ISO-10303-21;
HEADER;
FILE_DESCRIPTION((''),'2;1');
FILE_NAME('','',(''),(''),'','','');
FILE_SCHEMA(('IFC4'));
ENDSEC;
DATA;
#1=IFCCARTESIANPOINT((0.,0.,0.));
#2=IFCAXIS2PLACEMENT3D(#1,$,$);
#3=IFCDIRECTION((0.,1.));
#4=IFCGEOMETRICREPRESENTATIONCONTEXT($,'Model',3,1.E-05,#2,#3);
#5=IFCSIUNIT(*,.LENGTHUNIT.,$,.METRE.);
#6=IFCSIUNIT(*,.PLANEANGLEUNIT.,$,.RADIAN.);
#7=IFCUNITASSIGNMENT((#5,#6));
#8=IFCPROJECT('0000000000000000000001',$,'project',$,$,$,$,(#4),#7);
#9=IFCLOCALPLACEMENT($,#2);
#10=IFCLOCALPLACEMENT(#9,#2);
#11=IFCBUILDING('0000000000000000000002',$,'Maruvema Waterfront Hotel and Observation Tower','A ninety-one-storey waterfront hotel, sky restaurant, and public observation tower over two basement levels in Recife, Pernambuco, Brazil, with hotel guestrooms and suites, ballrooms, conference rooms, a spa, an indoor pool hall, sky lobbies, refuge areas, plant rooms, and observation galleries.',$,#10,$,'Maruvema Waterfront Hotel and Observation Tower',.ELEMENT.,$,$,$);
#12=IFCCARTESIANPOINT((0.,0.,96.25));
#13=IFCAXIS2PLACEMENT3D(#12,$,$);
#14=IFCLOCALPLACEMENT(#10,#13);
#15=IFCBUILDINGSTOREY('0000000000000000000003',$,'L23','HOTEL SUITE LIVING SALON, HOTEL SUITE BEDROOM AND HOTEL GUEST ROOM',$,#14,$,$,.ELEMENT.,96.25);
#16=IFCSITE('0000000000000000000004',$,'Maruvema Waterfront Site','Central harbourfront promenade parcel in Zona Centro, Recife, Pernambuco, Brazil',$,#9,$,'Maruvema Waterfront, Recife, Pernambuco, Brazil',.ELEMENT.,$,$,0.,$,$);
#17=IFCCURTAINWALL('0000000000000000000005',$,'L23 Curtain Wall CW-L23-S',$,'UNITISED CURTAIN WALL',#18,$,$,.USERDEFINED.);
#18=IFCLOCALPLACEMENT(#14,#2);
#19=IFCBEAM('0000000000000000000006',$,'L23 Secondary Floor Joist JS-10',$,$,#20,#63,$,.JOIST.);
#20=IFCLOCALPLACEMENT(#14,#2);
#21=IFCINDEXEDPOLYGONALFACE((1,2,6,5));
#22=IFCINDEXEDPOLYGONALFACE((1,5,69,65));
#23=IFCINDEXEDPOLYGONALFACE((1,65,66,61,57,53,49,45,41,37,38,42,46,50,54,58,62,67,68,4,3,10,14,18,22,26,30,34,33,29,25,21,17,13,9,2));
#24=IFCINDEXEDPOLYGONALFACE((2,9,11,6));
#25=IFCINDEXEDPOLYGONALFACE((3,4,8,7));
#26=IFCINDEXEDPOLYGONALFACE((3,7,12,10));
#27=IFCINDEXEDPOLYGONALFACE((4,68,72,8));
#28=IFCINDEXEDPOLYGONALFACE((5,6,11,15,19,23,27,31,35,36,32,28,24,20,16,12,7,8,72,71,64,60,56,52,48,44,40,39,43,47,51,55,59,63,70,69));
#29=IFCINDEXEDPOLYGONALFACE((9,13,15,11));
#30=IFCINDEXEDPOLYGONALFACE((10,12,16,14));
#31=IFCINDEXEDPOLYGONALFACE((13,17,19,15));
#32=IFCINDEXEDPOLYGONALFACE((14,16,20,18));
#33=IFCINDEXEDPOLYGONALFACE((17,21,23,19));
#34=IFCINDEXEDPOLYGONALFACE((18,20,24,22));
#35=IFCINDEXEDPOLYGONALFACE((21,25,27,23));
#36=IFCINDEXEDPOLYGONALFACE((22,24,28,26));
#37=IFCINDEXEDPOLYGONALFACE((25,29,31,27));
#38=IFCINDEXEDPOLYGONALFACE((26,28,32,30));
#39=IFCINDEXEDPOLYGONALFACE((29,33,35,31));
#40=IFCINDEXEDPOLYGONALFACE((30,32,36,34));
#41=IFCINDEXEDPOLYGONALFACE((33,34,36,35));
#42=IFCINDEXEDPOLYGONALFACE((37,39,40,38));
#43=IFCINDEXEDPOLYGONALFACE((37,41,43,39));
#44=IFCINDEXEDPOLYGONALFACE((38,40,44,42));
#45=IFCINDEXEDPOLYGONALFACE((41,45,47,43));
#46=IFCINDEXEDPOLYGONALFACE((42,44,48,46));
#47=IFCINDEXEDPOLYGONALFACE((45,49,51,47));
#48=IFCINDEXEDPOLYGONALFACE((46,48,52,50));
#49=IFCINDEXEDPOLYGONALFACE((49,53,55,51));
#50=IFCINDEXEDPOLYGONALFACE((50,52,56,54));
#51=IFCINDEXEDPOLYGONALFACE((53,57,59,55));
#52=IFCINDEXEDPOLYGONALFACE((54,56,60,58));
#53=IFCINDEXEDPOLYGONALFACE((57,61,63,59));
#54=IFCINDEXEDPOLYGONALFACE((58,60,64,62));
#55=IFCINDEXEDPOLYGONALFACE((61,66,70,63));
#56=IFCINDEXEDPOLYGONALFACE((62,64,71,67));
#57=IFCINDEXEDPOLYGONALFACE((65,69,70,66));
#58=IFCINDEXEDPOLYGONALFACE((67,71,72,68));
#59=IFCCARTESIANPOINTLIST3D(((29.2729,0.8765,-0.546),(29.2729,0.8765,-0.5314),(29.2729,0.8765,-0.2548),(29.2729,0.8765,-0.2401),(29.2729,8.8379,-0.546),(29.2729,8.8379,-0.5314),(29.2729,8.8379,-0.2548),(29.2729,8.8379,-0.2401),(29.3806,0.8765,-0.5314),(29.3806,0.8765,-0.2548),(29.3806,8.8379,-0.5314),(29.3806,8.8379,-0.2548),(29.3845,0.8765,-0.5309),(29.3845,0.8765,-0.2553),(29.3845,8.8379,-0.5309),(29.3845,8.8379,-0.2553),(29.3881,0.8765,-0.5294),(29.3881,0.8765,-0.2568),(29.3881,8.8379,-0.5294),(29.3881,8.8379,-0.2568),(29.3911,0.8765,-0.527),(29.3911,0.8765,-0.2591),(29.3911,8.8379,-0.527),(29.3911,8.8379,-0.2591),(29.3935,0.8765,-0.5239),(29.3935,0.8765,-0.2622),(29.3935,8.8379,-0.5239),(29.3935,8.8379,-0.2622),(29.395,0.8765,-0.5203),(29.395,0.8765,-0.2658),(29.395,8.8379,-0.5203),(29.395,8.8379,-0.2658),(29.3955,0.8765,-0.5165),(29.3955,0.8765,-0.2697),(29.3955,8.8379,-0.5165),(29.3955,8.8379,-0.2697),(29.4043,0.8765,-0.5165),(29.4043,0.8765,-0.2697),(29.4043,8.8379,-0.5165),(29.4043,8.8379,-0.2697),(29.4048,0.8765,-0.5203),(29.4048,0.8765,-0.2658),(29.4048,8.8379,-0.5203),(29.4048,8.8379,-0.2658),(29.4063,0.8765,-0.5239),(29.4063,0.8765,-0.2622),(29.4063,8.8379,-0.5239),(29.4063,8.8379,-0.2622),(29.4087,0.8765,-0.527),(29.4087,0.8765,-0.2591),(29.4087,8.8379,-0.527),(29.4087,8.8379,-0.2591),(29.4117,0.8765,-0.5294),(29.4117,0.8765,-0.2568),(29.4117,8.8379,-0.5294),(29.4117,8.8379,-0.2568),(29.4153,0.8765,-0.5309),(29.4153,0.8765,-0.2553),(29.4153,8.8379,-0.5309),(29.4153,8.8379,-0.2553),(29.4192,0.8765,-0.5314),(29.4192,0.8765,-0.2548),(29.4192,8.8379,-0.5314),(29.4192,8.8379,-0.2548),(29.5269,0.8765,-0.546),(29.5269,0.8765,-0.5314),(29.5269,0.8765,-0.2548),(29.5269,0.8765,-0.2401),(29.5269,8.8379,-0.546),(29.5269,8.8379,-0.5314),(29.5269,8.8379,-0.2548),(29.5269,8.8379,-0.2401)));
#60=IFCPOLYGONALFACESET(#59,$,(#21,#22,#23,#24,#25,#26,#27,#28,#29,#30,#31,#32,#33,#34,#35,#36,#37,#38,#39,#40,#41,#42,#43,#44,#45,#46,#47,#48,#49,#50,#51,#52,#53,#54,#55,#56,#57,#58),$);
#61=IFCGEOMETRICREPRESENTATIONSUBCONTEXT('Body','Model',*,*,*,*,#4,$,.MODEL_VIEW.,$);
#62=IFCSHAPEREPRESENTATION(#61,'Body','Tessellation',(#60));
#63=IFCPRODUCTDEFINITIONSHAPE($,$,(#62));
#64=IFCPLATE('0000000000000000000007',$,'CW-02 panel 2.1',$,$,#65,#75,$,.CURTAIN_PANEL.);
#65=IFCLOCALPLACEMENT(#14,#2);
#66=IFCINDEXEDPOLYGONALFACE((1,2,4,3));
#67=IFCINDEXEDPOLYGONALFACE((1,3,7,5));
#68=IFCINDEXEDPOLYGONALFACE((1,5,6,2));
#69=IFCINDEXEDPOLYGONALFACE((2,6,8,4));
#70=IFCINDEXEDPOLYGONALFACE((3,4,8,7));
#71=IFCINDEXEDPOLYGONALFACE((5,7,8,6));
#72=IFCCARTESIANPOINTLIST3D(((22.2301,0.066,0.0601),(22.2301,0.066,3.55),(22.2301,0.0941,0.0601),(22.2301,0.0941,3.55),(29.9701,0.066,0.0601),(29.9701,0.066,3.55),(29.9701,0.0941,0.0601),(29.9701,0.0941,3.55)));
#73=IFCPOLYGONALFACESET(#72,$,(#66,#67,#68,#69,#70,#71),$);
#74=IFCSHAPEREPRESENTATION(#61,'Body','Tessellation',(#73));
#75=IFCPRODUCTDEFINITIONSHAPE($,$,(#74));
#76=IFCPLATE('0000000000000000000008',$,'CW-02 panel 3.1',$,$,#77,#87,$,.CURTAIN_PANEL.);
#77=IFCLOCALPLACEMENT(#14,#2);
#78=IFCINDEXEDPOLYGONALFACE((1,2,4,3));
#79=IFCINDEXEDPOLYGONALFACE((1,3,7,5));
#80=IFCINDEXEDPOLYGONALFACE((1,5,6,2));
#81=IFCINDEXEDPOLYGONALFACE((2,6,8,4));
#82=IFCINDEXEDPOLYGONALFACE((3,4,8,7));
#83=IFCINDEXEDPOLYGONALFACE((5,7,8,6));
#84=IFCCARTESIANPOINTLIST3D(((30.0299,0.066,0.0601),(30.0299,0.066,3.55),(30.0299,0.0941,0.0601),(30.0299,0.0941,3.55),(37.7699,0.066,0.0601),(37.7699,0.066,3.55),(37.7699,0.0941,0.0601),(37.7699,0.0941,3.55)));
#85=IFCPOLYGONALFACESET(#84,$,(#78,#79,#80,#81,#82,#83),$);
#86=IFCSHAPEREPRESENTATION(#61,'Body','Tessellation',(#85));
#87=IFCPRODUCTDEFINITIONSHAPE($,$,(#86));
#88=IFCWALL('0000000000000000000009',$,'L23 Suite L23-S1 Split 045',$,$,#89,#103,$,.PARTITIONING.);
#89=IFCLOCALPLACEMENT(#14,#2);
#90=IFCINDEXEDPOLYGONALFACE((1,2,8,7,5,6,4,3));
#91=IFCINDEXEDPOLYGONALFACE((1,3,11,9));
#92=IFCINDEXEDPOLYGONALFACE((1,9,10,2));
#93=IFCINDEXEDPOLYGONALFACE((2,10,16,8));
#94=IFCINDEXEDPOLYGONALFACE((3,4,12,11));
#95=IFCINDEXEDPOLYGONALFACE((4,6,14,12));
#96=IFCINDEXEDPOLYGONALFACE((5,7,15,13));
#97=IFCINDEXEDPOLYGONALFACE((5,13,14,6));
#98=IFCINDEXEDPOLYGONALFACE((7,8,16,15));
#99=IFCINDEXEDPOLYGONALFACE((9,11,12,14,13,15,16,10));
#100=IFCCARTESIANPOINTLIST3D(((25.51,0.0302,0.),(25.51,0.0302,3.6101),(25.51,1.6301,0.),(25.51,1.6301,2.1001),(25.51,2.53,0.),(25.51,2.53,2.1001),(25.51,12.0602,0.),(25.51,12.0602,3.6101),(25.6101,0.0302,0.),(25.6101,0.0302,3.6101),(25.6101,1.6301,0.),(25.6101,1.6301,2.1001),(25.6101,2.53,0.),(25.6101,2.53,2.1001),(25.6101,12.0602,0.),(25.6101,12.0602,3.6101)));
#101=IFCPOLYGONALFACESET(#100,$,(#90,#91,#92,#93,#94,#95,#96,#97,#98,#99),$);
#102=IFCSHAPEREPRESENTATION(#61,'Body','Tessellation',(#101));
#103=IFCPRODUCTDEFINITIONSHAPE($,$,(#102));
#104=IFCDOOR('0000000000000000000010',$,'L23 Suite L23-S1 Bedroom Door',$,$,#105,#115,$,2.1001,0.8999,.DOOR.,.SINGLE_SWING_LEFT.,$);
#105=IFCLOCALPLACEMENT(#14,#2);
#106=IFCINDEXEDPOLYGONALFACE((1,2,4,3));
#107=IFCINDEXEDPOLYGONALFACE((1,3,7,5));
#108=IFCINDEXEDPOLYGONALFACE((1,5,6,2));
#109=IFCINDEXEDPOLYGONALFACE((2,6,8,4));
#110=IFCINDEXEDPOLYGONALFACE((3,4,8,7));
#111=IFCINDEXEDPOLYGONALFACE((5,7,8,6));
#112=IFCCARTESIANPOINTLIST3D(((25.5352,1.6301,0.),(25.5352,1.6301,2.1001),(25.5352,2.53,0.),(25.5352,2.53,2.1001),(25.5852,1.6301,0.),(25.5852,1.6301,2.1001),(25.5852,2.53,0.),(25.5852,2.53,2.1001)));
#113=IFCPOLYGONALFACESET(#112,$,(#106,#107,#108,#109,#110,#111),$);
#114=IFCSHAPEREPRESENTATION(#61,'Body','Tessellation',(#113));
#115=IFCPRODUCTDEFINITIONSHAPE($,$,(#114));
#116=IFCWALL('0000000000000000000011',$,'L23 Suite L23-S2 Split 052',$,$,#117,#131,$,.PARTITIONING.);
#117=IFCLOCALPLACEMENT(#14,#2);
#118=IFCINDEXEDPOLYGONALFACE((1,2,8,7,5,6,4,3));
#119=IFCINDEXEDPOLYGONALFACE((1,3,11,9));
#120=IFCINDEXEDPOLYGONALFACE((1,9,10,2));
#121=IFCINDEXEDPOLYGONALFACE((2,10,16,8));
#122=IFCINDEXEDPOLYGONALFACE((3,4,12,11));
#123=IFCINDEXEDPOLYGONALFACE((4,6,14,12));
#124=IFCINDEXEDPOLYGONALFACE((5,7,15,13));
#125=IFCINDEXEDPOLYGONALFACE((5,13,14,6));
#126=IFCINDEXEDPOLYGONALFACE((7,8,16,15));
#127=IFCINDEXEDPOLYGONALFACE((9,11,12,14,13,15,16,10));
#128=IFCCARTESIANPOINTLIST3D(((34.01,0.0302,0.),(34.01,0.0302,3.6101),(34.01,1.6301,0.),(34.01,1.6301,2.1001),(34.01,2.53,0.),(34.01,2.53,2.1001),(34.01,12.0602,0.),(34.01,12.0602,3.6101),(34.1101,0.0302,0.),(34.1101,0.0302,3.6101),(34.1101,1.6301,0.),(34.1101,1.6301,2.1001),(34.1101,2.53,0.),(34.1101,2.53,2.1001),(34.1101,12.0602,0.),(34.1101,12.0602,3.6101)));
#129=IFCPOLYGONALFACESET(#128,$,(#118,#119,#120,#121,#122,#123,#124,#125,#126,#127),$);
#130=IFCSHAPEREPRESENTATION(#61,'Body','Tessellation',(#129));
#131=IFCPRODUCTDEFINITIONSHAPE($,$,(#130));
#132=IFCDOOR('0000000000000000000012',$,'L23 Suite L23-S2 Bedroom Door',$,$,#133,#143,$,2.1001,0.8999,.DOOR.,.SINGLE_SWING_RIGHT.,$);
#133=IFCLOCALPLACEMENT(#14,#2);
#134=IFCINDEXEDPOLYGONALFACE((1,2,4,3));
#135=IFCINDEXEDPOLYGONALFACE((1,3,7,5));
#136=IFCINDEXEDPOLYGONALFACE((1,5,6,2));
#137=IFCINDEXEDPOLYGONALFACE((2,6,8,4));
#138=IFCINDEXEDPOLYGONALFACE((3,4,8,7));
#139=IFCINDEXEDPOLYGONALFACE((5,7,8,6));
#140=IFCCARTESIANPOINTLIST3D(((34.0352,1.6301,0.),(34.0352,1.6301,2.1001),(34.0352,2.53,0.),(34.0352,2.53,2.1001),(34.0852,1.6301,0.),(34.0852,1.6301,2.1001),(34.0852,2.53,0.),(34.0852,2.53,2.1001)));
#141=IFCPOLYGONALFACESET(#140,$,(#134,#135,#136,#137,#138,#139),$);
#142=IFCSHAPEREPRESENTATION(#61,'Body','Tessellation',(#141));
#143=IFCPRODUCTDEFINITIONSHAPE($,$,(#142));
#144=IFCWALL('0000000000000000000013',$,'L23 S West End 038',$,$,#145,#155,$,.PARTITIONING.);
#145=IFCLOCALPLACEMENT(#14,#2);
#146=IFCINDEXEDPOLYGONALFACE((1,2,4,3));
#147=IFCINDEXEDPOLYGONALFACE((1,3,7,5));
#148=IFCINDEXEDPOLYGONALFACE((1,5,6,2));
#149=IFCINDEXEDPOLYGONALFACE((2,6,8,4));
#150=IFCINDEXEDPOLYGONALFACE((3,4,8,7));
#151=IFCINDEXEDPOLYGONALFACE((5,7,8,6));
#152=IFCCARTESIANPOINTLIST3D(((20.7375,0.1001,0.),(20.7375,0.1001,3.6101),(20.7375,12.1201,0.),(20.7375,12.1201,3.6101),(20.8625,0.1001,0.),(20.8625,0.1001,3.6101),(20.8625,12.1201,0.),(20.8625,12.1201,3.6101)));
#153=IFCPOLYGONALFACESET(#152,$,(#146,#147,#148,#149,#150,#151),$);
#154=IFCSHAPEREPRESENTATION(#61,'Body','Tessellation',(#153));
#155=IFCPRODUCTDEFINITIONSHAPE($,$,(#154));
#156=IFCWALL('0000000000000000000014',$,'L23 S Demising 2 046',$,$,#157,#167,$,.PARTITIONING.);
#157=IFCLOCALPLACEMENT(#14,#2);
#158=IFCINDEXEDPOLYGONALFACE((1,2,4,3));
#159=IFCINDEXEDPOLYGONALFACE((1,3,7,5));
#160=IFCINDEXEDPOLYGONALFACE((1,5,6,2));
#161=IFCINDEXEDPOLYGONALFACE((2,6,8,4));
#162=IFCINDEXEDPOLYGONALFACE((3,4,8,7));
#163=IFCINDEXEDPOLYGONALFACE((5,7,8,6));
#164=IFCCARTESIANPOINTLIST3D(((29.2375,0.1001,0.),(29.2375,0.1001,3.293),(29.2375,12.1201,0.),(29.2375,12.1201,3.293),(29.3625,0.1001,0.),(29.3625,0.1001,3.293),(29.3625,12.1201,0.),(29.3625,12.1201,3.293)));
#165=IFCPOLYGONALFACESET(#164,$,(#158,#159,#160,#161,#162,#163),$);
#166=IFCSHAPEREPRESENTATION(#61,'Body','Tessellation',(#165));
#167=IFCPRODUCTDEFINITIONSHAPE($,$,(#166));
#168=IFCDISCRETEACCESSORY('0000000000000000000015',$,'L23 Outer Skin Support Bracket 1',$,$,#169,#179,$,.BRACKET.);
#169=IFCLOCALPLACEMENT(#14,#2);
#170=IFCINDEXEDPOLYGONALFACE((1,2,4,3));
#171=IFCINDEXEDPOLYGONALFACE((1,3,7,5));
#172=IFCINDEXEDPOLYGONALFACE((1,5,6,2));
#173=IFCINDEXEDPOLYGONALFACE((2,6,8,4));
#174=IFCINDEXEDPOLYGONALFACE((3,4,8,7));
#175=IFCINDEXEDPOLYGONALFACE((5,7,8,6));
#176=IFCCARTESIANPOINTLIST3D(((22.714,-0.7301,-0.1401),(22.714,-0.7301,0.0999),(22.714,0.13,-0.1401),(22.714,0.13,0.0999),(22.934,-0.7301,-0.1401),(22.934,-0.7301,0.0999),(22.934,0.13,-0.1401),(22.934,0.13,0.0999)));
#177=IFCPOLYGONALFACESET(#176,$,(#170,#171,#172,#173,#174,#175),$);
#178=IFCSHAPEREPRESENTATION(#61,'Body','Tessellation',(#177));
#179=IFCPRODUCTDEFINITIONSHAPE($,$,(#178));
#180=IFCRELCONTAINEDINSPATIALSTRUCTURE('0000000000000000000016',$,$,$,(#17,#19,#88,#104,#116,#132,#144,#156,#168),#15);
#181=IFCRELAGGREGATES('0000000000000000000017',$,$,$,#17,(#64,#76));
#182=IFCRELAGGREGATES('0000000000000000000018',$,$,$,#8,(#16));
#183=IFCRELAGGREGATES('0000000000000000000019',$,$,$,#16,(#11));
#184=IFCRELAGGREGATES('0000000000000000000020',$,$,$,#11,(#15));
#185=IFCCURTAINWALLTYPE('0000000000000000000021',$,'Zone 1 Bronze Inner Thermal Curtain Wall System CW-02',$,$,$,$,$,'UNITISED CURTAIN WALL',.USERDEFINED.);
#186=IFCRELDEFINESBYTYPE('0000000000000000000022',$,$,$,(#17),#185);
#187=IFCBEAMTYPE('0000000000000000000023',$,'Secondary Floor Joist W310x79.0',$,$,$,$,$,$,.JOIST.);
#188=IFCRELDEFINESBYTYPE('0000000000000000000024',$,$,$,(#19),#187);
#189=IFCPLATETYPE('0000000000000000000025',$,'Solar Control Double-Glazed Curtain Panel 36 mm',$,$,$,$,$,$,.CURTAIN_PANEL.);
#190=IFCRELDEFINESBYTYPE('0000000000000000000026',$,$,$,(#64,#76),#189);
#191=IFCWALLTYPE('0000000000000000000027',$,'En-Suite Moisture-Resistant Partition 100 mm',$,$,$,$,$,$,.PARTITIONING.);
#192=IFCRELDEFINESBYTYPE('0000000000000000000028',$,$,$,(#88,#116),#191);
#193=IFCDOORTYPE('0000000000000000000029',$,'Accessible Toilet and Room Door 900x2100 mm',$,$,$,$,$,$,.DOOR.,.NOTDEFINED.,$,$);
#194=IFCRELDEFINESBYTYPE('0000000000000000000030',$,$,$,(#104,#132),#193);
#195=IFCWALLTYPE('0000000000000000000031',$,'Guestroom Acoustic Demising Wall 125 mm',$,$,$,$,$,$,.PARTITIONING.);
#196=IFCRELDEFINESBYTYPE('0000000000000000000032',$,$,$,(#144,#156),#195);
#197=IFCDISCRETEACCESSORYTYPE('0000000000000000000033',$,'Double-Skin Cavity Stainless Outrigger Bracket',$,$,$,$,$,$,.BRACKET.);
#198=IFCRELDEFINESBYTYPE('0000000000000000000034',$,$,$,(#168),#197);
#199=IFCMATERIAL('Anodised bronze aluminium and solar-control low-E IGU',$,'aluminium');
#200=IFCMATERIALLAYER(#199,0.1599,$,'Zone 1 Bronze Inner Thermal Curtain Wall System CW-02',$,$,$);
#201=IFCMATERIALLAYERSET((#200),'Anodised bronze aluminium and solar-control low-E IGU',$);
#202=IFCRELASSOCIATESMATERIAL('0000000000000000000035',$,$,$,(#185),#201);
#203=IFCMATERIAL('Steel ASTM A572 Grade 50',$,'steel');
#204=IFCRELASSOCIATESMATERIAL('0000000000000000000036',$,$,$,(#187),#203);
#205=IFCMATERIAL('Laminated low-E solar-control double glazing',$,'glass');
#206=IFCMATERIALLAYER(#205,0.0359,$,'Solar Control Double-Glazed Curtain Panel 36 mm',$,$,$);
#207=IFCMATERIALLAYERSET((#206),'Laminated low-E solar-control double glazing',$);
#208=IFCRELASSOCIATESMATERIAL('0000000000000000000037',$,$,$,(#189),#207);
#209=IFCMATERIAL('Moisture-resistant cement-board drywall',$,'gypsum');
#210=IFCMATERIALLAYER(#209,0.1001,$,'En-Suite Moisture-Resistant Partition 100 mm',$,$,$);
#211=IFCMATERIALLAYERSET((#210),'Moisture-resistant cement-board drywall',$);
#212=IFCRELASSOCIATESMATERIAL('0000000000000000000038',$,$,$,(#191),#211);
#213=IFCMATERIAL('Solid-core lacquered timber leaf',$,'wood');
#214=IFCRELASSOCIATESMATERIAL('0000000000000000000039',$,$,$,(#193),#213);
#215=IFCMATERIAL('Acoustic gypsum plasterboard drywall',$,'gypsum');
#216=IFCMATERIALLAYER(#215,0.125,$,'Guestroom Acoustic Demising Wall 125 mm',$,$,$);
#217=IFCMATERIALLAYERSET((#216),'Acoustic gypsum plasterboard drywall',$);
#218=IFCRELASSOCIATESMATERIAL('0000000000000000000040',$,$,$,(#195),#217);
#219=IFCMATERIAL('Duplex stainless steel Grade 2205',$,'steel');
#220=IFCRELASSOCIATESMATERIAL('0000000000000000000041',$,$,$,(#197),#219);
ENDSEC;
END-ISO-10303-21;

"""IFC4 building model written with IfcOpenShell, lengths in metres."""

from ifc_helpers import new_model, si_unit, direction, frame, frame_2d, origin, origin_2d, place, context, subcontext, project, spatial, rectangle, i_section, extrude, material, layer, layer_set, material_profile, profile_set, type_object, element, fill, aggregate, save


model = new_model("IFC4")

# Units and contexts
model_context = context("Model", 3, precision=1e-05, world=origin(), true_north=direction((0.0, 1.0)))
body_context = subcontext(model_context, "Body", "Model", "MODEL_VIEW")
ifc_project = project(units=[si_unit("LENGTHUNIT", "METRE"), si_unit("PLANEANGLEUNIT", "RADIAN")], contexts=[model_context])

# Site, building, storey
site_placement = place(None, origin())
site = spatial("IfcSite", under=ifc_project, at=site_placement, Name="Maruvema Waterfront Site", Description="Central harbourfront promenade parcel in Zona Centro, Recife, Pernambuco, Brazil", LongName="Maruvema Waterfront, Recife, Pernambuco, Brazil", CompositionType="ELEMENT", RefElevation=0.0)
building_placement = place(site_placement, origin())
building = spatial("IfcBuilding", under=site, at=building_placement, Name="Maruvema Waterfront Hotel and Observation Tower", Description="A ninety-one-storey waterfront hotel, sky restaurant, and public observation tower over two basement levels in Recife, Pernambuco, Brazil, with hotel guestrooms and suites, ballrooms, conference rooms, a spa, an indoor pool hall, sky lobbies, refuge areas, plant rooms, and observation galleries.", LongName="Maruvema Waterfront Hotel and Observation Tower", CompositionType="ELEMENT")
storey_placement = place(building_placement, frame((0.0, 0.0, 96.25)))
storey = spatial("IfcBuildingStorey", under=building, at=storey_placement, Name="L23", Description="HOTEL SUITE LIVING SALON, HOTEL SUITE BEDROOM AND HOTEL GUEST ROOM", CompositionType="ELEMENT", Elevation=96.25)

# Curtain wall
ifc_material_1 = material(Name="Anodised bronze aluminium and solar-control low-E IGU", Category="aluminium")
ifc_layer_1 = layer(ifc_material_1, 0.1599, Name="Zone 1 Bronze Inner Thermal Curtain Wall System CW-02")
ifc_layer_set_1 = layer_set([ifc_layer_1], Name="Anodised bronze aluminium and solar-control low-E IGU")
curtain_wall_type = type_object("IfcCurtainWallType", Name="Zone 1 Bronze Inner Thermal Curtain Wall System CW-02", ElementType="UNITISED CURTAIN WALL", PredefinedType="USERDEFINED", material=ifc_layer_set_1)
curtain_wall_placement = place(storey_placement, origin())
curtain_wall = element("IfcCurtainWall", 1, at=curtain_wall_placement, inside=storey, type_object=curtain_wall_type, Name="L23 Curtain Wall CW-L23-S", ObjectType="UNITISED CURTAIN WALL", PredefinedType="USERDEFINED")

# Beam
ifc_material_2 = material(Name="Steel ASTM A572 Grade 50", Category="steel")
ifc_material_profile_1 = material_profile(ifc_material_2, i_section(OverallWidth=0.2539, OverallDepth=0.3059, WebThickness=0.0088, FlangeThickness=0.0146, FilletRadius=0.0149, at=origin_2d()), Name="W310x79.0")
ifc_profile_set_1 = profile_set([ifc_material_profile_1], Name="Steel ASTM A572 Grade 50")
beam_type_1 = type_object("IfcBeamType", Name="Secondary Floor Joist W310x79.0", PredefinedType="JOIST", material=ifc_profile_set_1)
beam_1_placement = place(storey_placement, frame((29.3999, 0.8765, -0.3931), z_axis=(0.0, 1.0, 0.0), x_axis=(-1.0, 0.0, 0.0)))
element("IfcBeam", 2, at=beam_1_placement, inside=storey, type_object=beam_type_1, Name="L23 Secondary Floor Joist JS-10", PredefinedType="JOIST", context=body_context, shape_type="SweptSolid", body=[
    extrude(i_section(OverallWidth=0.2539, OverallDepth=0.3059, WebThickness=0.0088, FlangeThickness=0.0146, FilletRadius=0.0149, at=origin_2d()), origin(), (0.0, 0.0, 1.0), 7.9614),
])

# Plates
ifc_material_3 = material(Name="Laminated low-E solar-control double glazing", Category="glass")
ifc_layer_2 = layer(ifc_material_3, 0.0359, Name="Solar Control Double-Glazed Curtain Panel 36 mm")
ifc_layer_set_2 = layer_set([ifc_layer_2], Name="Laminated low-E solar-control double glazing")
plate_type = type_object("IfcPlateType", Name="Solar Control Double-Glazed Curtain Panel 36 mm", PredefinedType="CURTAIN_PANEL", material=ifc_layer_set_2)
plate_1_placement = place(storey_placement, frame((26.1001, 0.0801, 0.0601), z_axis=(0.0, 0.0, 1.0), x_axis=(1.0, 0.0, 0.0)))
plate_1 = element("IfcPlate", 3, at=plate_1_placement, type_object=plate_type, Name="CW-02 panel 2.1", PredefinedType="CURTAIN_PANEL", context=body_context, shape_type="SweptSolid", body=[
    extrude(rectangle(XDim=7.74, YDim=0.0281, at=origin_2d()), origin(), (0.0, 0.0, 1.0), 3.49),
])
plate_2_placement = place(storey_placement, frame((33.8999, 0.0801, 0.0601), z_axis=(0.0, 0.0, 1.0), x_axis=(1.0, 0.0, 0.0)))
plate_2 = element("IfcPlate", 4, at=plate_2_placement, type_object=plate_type, Name="CW-02 panel 3.1", PredefinedType="CURTAIN_PANEL", context=body_context, shape_type="SweptSolid", body=[
    extrude(rectangle(XDim=7.74, YDim=0.0281, at=origin_2d()), origin(), (0.0, 0.0, 1.0), 3.49),
])
aggregate(curtain_wall, [plate_1, plate_2])

# Walls, openings, doors
ifc_material_4 = material(Name="Moisture-resistant cement-board drywall", Category="gypsum")
ifc_layer_3 = layer(ifc_material_4, 0.1001, Name="En-Suite Moisture-Resistant Partition 100 mm")
ifc_layer_set_3 = layer_set([ifc_layer_3], Name="Moisture-resistant cement-board drywall")
wall_type_1 = type_object("IfcWallType", Name="En-Suite Moisture-Resistant Partition 100 mm", PredefinedType="PARTITIONING", material=ifc_layer_set_3)
wall_1_placement = place(storey_placement, frame((25.5601, 0.03, 0.0), z_axis=(0.0, 0.0, 1.0), x_axis=(0.0, 1.0, 0.0)))
wall_1 = element("IfcWall", 5, at=wall_1_placement, inside=storey, type_object=wall_type_1, Name="L23 Suite L23-S1 Split 045", PredefinedType="PARTITIONING", context=body_context, shape_type="SweptSolid", body=[
    extrude(rectangle(XDim=12.03, YDim=0.1001, at=frame_2d((6.0151, 0.0))), origin(), (0.0, 0.0, 1.0), 3.6101),
])
opening_1_placement = place(wall_1_placement, frame((1.6001, 0.0, 0.0)))
opening_1 = element("IfcOpeningElement", 6, at=opening_1_placement, cuts=wall_1, PredefinedType="OPENING", context=body_context, shape_type="SweptSolid", body=[
    extrude(rectangle(XDim=0.8999, YDim=2.1001, at=frame_2d((0.45, 1.05))), frame((0.0, 0.0601, 0.0), z_axis=(0.0, -1.0, 0.0), x_axis=(1.0, 0.0, 0.0)), (0.0, 0.0, 1.0), 0.1201),
])
ifc_material_5 = material(Name="Solid-core lacquered timber leaf", Category="wood")
door_type = type_object("IfcDoorType", Name="Accessible Toilet and Room Door 900x2100 mm", OperationType="NOTDEFINED", PredefinedType="DOOR", material=ifc_material_5)
door_1_placement = place(opening_1_placement, origin())
door_1 = element("IfcDoor", 7, at=door_1_placement, inside=storey, type_object=door_type, Name="L23 Suite L23-S1 Bedroom Door", OperationType="SINGLE_SWING_LEFT", OverallHeight=2.1001, OverallWidth=0.8999, PredefinedType="DOOR", context=body_context, shape_type="SweptSolid", body=[
    extrude(rectangle(XDim=0.8999, YDim=2.1001, at=frame_2d((0.45, 1.05))), frame((0.0, 0.0249, 0.0), z_axis=(0.0, -1.0, 0.0), x_axis=(1.0, 0.0, 0.0)), (0.0, 0.0, 1.0), 0.05),
])
fill(opening_1, door_1)
wall_2_placement = place(storey_placement, frame((34.0601, 0.03, 0.0), z_axis=(0.0, 0.0, 1.0), x_axis=(0.0, 1.0, 0.0)))
wall_2 = element("IfcWall", 8, at=wall_2_placement, inside=storey, type_object=wall_type_1, Name="L23 Suite L23-S2 Split 052", PredefinedType="PARTITIONING", context=body_context, shape_type="SweptSolid", body=[
    extrude(rectangle(XDim=12.03, YDim=0.1001, at=frame_2d((6.0151, 0.0))), origin(), (0.0, 0.0, 1.0), 3.6101),
])
opening_2_placement = place(wall_2_placement, frame((1.6001, 0.0, 0.0)))
opening_2 = element("IfcOpeningElement", 9, at=opening_2_placement, cuts=wall_2, PredefinedType="OPENING", context=body_context, shape_type="SweptSolid", body=[
    extrude(rectangle(XDim=0.8999, YDim=2.1001, at=frame_2d((0.45, 1.05))), frame((0.0, 0.0601, 0.0), z_axis=(0.0, -1.0, 0.0), x_axis=(1.0, 0.0, 0.0)), (0.0, 0.0, 1.0), 0.1201),
])
door_2_placement = place(opening_2_placement, origin())
door_2 = element("IfcDoor", 10, at=door_2_placement, inside=storey, type_object=door_type, Name="L23 Suite L23-S2 Bedroom Door", OperationType="SINGLE_SWING_RIGHT", OverallHeight=2.1001, OverallWidth=0.8999, PredefinedType="DOOR", context=body_context, shape_type="SweptSolid", body=[
    extrude(rectangle(XDim=0.8999, YDim=2.1001, at=frame_2d((0.45, 1.05))), frame((0.0, 0.0249, 0.0), z_axis=(0.0, -1.0, 0.0), x_axis=(1.0, 0.0, 0.0)), (0.0, 0.0, 1.0), 0.05),
])
fill(opening_2, door_2)

# Walls
ifc_material_6 = material(Name="Acoustic gypsum plasterboard drywall", Category="gypsum")
ifc_layer_4 = layer(ifc_material_6, 0.125, Name="Guestroom Acoustic Demising Wall 125 mm")
ifc_layer_set_4 = layer_set([ifc_layer_4], Name="Acoustic gypsum plasterboard drywall")
wall_type_2 = type_object("IfcWallType", Name="Guestroom Acoustic Demising Wall 125 mm", PredefinedType="PARTITIONING", material=ifc_layer_set_4)
wall_3_placement = place(storey_placement, frame((20.8, 0.1001, 0.0), z_axis=(0.0, 0.0, 1.0), x_axis=(0.0, 1.0, 0.0)))
element("IfcWall", 11, at=wall_3_placement, inside=storey, type_object=wall_type_2, Name="L23 S West End 038", PredefinedType="PARTITIONING", context=body_context, shape_type="SweptSolid", body=[
    extrude(rectangle(XDim=12.02, YDim=0.125, at=frame_2d((6.01, 0.0))), origin(), (0.0, 0.0, 1.0), 3.6101),
])
wall_4_placement = place(storey_placement, frame((29.3, 0.1001, 0.0), z_axis=(0.0, 0.0, 1.0), x_axis=(0.0, 1.0, 0.0)))
element("IfcWall", 12, at=wall_4_placement, inside=storey, type_object=wall_type_2, Name="L23 S Demising 2 046", PredefinedType="PARTITIONING", context=body_context, shape_type="SweptSolid", body=[
    extrude(rectangle(XDim=12.02, YDim=0.125, at=frame_2d((6.01, 0.0))), origin(), (0.0, 0.0, 1.0), 3.293),
])

# Discrete accessory
ifc_material_7 = material(Name="Duplex stainless steel Grade 2205", Category="steel")
discrete_accessory_type = type_object("IfcDiscreteAccessoryType", Name="Double-Skin Cavity Stainless Outrigger Bracket", PredefinedType="BRACKET", material=ifc_material_7)
discrete_accessory_placement = place(storey_placement, frame((22.824, -0.3, -0.1401), z_axis=(0.0, 0.0, 1.0), x_axis=(1.0, 0.0, 0.0)))
element("IfcDiscreteAccessory", 13, at=discrete_accessory_placement, inside=storey, type_object=discrete_accessory_type, Name="L23 Outer Skin Support Bracket 1", PredefinedType="BRACKET", context=body_context, shape_type="SweptSolid", body=[
    extrude(rectangle(XDim=0.22, YDim=0.8601, at=origin_2d()), origin(), (0.0, 0.0, 1.0), 0.24),
])

save(model, "model.ifc")
